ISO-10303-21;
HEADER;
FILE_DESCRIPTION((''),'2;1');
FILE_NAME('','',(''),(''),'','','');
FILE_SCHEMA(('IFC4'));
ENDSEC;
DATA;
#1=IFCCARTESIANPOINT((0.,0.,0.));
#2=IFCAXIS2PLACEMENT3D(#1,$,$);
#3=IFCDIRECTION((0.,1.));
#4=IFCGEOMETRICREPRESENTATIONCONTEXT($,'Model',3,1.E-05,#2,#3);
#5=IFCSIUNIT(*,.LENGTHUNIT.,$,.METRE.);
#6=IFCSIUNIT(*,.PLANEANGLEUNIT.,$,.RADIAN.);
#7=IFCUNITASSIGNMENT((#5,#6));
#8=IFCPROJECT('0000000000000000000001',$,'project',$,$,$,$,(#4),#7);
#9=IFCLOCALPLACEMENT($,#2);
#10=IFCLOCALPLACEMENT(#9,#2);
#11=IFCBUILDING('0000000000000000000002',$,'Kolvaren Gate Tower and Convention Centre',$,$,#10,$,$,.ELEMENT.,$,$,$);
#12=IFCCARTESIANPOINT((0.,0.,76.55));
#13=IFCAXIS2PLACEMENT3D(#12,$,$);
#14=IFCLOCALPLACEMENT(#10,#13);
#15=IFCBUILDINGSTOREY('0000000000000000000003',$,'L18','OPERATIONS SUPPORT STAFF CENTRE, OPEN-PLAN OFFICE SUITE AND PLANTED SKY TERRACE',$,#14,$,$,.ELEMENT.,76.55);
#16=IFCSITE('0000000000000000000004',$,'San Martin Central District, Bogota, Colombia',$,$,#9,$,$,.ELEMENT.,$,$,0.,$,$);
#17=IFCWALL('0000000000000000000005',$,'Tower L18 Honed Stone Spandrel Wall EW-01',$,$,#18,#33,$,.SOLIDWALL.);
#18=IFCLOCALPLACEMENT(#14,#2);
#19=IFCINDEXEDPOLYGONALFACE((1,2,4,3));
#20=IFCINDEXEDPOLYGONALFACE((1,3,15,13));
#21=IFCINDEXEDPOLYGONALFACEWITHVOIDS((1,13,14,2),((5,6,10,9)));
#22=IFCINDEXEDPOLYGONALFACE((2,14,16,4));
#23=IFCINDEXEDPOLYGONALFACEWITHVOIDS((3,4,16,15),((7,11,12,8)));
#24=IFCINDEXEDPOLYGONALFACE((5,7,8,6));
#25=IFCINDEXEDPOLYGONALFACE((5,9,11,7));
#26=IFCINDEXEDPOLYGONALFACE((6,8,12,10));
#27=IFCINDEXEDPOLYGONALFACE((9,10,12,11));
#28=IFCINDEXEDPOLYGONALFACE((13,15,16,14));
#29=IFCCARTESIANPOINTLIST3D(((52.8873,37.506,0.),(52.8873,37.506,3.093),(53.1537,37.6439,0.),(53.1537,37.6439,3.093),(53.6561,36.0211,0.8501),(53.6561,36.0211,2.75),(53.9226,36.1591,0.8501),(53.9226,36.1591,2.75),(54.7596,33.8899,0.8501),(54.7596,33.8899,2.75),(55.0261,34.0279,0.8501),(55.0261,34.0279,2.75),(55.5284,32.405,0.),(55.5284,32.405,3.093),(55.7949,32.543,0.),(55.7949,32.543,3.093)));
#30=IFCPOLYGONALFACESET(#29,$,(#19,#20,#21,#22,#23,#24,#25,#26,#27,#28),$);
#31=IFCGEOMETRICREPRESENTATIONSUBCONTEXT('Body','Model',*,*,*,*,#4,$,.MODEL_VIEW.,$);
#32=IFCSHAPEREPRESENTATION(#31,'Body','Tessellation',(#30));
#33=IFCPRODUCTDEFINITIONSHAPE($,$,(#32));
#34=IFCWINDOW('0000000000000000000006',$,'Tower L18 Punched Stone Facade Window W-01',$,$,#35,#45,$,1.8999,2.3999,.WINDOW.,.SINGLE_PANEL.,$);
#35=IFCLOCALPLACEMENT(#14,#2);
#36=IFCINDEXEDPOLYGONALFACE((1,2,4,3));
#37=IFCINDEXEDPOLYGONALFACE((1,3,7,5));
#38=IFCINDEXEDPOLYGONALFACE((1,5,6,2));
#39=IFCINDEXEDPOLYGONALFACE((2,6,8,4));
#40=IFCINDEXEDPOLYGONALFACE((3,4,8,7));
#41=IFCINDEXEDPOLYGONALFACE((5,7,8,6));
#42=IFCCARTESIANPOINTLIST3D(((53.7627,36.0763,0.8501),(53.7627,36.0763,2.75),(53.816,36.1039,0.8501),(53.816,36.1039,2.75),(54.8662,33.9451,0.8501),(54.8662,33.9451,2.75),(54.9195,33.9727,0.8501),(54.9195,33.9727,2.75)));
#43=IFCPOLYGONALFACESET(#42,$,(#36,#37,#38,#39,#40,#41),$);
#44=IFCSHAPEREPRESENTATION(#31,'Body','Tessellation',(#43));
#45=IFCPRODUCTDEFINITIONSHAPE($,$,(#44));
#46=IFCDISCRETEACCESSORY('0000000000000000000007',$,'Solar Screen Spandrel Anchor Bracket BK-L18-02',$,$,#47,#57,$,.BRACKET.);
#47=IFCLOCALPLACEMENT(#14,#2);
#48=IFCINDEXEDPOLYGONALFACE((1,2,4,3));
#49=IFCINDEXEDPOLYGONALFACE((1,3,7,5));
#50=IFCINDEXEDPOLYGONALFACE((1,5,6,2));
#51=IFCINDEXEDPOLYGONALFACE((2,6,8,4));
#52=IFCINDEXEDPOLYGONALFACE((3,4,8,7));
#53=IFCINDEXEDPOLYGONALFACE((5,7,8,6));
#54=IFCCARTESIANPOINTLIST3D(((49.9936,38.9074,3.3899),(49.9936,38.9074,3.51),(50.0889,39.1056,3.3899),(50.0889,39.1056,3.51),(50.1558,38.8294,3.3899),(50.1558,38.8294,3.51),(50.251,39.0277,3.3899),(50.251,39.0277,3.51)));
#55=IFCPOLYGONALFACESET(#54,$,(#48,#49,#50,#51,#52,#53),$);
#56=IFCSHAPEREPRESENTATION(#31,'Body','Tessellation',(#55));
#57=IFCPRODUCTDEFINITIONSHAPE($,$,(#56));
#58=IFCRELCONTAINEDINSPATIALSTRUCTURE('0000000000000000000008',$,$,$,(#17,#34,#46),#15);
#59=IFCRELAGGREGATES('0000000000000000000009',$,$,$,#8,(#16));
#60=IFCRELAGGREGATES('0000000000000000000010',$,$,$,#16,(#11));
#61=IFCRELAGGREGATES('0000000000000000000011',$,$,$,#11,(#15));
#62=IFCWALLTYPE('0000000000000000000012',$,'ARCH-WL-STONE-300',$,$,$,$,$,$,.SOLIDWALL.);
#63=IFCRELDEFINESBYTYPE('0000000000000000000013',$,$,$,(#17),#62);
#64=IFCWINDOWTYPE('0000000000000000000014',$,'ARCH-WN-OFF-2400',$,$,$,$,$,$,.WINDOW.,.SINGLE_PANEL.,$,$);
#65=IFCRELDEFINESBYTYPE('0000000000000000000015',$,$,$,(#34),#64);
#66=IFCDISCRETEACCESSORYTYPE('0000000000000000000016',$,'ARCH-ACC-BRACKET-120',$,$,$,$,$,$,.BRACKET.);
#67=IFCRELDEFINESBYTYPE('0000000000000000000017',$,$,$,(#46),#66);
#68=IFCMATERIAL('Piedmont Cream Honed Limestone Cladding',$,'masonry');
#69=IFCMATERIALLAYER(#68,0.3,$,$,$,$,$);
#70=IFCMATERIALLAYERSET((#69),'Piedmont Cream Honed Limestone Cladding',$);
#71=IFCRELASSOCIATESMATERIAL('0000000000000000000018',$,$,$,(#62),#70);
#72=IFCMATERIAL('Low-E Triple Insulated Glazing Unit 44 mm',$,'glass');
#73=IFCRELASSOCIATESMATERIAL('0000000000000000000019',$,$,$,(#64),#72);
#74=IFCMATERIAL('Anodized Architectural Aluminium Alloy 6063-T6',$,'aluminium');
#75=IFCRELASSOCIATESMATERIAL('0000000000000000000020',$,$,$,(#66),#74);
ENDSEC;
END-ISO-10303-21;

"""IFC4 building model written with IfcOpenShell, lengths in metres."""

from ifc_helpers import new_model, si_unit, direction, frame, frame_2d, origin, origin_2d, place, context, subcontext, project, spatial, rectangle, extrude, material, layer, layer_set, type_object, element, fill, save


model = new_model("IFC4")

# Units and contexts
model_context = context("Model", 3, precision=1e-05, world=origin(), true_north=direction((0.0, 1.0)))
body_context = subcontext(model_context, "Body", "Model", "MODEL_VIEW")
ifc_project = project(units=[si_unit("LENGTHUNIT", "METRE"), si_unit("PLANEANGLEUNIT", "RADIAN")], contexts=[model_context])

# Site, building, storey
site_placement = place(None, origin())
site = spatial("IfcSite", under=ifc_project, at=site_placement, Name="San Martin Central District, Bogota, Colombia", CompositionType="ELEMENT", RefElevation=0.0)
building_placement = place(site_placement, origin())
building = spatial("IfcBuilding", under=site, at=building_placement, Name="Kolvaren Gate Tower and Convention Centre", CompositionType="ELEMENT")
storey_placement = place(building_placement, frame((0.0, 0.0, 76.55)))
storey = spatial("IfcBuildingStorey", under=building, at=storey_placement, Name="L18", Description="OPERATIONS SUPPORT STAFF CENTRE, OPEN-PLAN OFFICE SUITE AND PLANTED SKY TERRACE", CompositionType="ELEMENT", Elevation=76.55)

# Shared definitions
ifc_material_1 = material(Name="Anodized Architectural Aluminium Alloy 6063-T6", Category="aluminium")

# Shared definitions
ifc_material_2 = material(Name="Low-E Triple Insulated Glazing Unit 44 mm", Category="glass")

# Shared definitions
ifc_material_3 = material(Name="Piedmont Cream Honed Limestone Cladding", Category="masonry")

# Shared definitions
ifc_layer_1 = layer(ifc_material_3, 0.3)
ifc_layer_set_1 = layer_set([ifc_layer_1], Name="Piedmont Cream Honed Limestone Cladding")
wall_type_1 = type_object("IfcWallType", Name="ARCH-WL-STONE-300", PredefinedType="SOLIDWALL", material=ifc_layer_set_1)

# Wall, opening, window
wall_1_placement = place(storey_placement, frame((53.0205, 37.575, 0.0), z_axis=(0.0, 0.0, 1.0), x_axis=(0.459801, -0.888022, 0.0)))
wall_1 = element("IfcWall", 1, at=wall_1_placement, inside=storey, type_object=wall_type_1, Name="Tower L18 Honed Stone Spandrel Wall EW-01", PredefinedType="SOLIDWALL", context=body_context, shape_type="SweptSolid", body=[
    extrude(rectangle(XDim=5.7441, YDim=0.3, at=frame_2d((2.8721, 0.0))), origin(), (0.0, 0.0, 1.0), 3.093),
])
opening_1_placement = place(wall_1_placement, frame((1.6721, 0.0, 0.8501)))
opening_1 = element("IfcOpeningElement", 2, at=opening_1_placement, cuts=wall_1, PredefinedType="OPENING", context=body_context, shape_type="SweptSolid", body=[
    extrude(rectangle(XDim=2.3999, YDim=1.8999, at=frame_2d((1.2, 0.95))), frame((0.0, 0.1599, 0.0), z_axis=(0.0, -1.0, 0.0), x_axis=(1.0, 0.0, 0.0)), (0.0, 0.0, 1.0), 0.3201),
])
window_type = type_object("IfcWindowType", Name="ARCH-WN-OFF-2400", PartitioningType="SINGLE_PANEL", PredefinedType="WINDOW", material=ifc_material_2)
window_placement = place(opening_1_placement, origin())
window = element("IfcWindow", 3, at=window_placement, inside=storey, type_object=window_type, Name="Tower L18 Punched Stone Facade Window W-01", OverallHeight=1.8999, OverallWidth=2.3999, PartitioningType="SINGLE_PANEL", PredefinedType="WINDOW", context=body_context, shape_type="SweptSolid", body=[
    extrude(rectangle(XDim=2.3999, YDim=1.8999, at=frame_2d((1.2, 0.95))), frame((0.0, 0.03, 0.0), z_axis=(0.0, -1.0, 0.0), x_axis=(1.0, 0.0, 0.0)), (0.0, 0.0, 1.0), 0.0601),
])
fill(opening_1, window)

# Discrete accessory
discrete_accessory_type = type_object("IfcDiscreteAccessoryType", Name="ARCH-ACC-BRACKET-120", PredefinedType="BRACKET", material=ifc_material_1)
discrete_accessory_placement = place(storey_placement, frame((50.1223, 38.9675, 3.3899), z_axis=(0.0, 0.0, 1.0), x_axis=(0.901358, -0.433076, 0.0)))
element("IfcDiscreteAccessory", 4, at=discrete_accessory_placement, inside=storey, type_object=discrete_accessory_type, Name="Solar Screen Spandrel Anchor Bracket BK-L18-02", PredefinedType="BRACKET", context=body_context, shape_type="SweptSolid", body=[
    extrude(rectangle(XDim=0.1799, YDim=0.22, at=origin_2d()), origin(), (0.0, 0.0, 1.0), 0.1201),
])

save(model, "model.ifc")
